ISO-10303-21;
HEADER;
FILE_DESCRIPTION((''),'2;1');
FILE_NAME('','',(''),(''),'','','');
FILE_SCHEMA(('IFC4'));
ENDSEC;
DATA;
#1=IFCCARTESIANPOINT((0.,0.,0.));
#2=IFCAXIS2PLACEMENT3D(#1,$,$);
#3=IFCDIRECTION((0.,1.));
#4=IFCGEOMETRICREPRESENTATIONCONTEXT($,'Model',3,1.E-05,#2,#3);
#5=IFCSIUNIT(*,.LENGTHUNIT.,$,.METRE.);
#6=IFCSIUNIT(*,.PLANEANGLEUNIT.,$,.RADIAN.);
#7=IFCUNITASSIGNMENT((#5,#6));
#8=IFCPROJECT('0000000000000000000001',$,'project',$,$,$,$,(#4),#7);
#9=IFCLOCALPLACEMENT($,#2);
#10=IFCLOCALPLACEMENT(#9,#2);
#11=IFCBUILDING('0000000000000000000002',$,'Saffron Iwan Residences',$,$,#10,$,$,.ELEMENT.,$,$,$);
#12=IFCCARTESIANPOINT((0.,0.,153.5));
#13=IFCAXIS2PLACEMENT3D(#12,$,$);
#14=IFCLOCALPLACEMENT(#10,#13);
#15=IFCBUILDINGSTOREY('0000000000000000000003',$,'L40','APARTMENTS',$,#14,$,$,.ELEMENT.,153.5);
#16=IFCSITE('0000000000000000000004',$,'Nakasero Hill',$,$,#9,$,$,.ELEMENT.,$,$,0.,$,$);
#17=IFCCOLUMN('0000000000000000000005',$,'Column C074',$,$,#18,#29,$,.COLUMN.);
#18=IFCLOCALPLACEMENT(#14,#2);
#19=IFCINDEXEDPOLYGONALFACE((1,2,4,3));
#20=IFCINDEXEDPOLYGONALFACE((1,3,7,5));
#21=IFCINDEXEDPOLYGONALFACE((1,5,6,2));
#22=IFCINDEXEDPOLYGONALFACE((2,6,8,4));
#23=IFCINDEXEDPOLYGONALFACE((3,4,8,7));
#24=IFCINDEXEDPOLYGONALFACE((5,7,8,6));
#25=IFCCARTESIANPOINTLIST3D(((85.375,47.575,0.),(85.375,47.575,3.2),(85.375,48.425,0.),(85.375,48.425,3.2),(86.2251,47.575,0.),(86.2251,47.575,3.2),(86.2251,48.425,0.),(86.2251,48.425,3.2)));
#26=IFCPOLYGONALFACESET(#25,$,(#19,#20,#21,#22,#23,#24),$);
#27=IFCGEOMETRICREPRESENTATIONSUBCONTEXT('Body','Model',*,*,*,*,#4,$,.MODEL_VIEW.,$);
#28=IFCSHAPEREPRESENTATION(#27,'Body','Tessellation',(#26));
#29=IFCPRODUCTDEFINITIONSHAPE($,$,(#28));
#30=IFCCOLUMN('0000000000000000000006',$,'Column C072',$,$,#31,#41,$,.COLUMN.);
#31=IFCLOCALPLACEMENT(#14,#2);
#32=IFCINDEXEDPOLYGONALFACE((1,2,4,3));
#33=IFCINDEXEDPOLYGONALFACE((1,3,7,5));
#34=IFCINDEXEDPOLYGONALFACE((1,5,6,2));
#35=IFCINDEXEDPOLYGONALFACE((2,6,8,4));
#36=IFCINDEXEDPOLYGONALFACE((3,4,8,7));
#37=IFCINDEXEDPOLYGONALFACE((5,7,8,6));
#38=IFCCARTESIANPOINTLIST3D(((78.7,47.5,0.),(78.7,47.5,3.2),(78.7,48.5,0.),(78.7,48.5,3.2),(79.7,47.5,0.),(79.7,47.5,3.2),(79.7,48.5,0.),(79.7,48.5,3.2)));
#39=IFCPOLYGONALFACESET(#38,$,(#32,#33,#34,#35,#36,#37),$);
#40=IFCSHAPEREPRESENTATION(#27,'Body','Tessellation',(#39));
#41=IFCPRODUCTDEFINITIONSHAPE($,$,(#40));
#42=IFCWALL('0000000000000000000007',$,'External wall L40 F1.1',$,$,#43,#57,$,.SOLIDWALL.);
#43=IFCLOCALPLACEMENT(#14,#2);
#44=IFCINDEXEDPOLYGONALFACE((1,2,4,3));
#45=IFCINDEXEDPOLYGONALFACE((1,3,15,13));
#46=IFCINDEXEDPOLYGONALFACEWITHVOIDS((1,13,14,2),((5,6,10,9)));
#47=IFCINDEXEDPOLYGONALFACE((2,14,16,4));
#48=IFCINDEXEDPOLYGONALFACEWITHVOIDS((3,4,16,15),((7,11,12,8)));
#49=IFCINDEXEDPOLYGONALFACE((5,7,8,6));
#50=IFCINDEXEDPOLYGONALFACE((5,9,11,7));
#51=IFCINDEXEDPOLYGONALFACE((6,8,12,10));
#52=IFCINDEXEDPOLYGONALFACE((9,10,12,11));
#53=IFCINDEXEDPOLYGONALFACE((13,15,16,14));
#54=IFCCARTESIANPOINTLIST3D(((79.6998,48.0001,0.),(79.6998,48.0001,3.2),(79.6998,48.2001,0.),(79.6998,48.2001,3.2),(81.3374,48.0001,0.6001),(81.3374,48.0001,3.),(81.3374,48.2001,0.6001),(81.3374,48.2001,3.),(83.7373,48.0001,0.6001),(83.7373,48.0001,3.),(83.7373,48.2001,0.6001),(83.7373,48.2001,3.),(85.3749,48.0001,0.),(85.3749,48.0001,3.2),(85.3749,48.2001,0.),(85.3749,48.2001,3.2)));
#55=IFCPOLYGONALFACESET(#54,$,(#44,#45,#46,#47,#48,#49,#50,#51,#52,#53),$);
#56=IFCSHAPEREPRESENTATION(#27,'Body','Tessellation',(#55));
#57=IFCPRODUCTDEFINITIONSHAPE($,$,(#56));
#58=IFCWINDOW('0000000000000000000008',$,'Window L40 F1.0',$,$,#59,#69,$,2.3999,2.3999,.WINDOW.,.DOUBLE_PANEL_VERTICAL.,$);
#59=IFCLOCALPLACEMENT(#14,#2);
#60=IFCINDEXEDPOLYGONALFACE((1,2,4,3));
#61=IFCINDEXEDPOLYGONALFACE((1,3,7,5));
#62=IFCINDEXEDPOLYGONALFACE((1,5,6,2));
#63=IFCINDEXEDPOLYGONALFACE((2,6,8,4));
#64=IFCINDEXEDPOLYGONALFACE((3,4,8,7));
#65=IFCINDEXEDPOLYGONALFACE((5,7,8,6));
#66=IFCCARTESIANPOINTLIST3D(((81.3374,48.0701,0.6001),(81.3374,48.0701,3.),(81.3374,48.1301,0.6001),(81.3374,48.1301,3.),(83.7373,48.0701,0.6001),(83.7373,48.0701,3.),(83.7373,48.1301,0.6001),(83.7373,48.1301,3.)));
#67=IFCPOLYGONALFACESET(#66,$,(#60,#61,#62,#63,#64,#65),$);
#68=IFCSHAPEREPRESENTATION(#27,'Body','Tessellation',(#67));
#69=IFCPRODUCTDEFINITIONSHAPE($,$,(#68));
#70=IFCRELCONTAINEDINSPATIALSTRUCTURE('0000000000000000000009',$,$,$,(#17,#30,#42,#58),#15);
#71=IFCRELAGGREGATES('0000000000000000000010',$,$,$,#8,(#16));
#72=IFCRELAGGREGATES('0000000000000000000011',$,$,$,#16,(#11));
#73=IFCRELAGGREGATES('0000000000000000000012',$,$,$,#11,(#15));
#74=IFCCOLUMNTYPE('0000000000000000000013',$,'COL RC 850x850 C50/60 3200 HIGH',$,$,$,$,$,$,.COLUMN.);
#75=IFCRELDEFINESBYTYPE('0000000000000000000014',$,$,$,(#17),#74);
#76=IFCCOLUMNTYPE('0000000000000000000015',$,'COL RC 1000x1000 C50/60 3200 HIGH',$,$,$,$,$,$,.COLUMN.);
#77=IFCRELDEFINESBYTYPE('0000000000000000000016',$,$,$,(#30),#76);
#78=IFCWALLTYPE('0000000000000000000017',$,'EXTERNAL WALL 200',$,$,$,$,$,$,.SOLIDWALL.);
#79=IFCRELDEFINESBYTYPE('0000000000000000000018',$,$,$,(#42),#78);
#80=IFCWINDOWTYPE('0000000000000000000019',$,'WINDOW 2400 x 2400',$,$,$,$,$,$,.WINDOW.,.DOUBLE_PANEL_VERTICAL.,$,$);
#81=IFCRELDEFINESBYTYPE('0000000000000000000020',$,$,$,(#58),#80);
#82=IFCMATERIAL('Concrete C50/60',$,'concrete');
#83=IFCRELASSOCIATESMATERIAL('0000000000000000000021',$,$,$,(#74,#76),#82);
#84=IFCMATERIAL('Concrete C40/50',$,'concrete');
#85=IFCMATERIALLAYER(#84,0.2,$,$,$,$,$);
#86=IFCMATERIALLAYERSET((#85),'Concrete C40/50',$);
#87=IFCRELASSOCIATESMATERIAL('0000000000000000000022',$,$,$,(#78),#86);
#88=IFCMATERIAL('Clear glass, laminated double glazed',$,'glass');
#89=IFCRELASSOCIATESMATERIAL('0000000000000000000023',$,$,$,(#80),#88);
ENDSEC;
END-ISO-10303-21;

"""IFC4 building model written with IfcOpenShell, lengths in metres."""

from ifc_helpers import new_model, si_unit, direction, frame, frame_2d, origin, origin_2d, place, context, subcontext, project, spatial, rectangle, extrude, source, transform, mapped, material, layer, layer_set, material_profile, profile_set, type_object, element, fill, save


model = new_model("IFC4")

# Units and contexts
model_context = context("Model", 3, precision=1e-05, world=origin(), true_north=direction((0.0, 1.0)))
body_context = subcontext(model_context, "Body", "Model", "MODEL_VIEW")
ifc_project = project(units=[si_unit("LENGTHUNIT", "METRE"), si_unit("PLANEANGLEUNIT", "RADIAN")], contexts=[model_context])

# Site, building, storey
site_placement = place(None, origin())
site = spatial("IfcSite", under=ifc_project, at=site_placement, Name="Nakasero Hill", CompositionType="ELEMENT", RefElevation=0.0)
building_placement = place(site_placement, origin())
building = spatial("IfcBuilding", under=site, at=building_placement, Name="Saffron Iwan Residences", CompositionType="ELEMENT")
storey_placement = place(building_placement, frame((0.0, 0.0, 153.5)))
storey = spatial("IfcBuildingStorey", under=building, at=storey_placement, Name="L40", Description="APARTMENTS", CompositionType="ELEMENT", Elevation=153.5)

# Columns
ifc_material_1 = material(Name="Concrete C50/60", Category="concrete")
ifc_material_profile_1 = material_profile(ifc_material_1, rectangle(XDim=0.8501, YDim=0.8501, at=origin_2d()), Name="RC 850x850")
ifc_profile_set_1 = profile_set([ifc_material_profile_1], Name="Concrete C50/60")
column_type_1 = type_object("IfcColumnType", Name="COL RC 850x850 C50/60 3200 HIGH", PredefinedType="COLUMN", material=ifc_profile_set_1)
shared_shape_1 = source(origin(), body_context, "Body", "SweptSolid", [
    extrude(rectangle(XDim=0.8501, YDim=0.8501, at=origin_2d()), origin(), (0.0, 0.0, 1.0), 3.2),
])
column_1_placement = place(storey_placement, frame((85.8, 48.0, 0.0), z_axis=(0.0, 0.0, 1.0), x_axis=(1.0, 0.0, 0.0)))
element("IfcColumn", 1, at=column_1_placement, inside=storey, type_object=column_type_1, Name="Column C074", PredefinedType="COLUMN", context=body_context, shape_type="MappedRepresentation", body=[
    mapped(shared_shape_1, transform((0.0, 0.0, 0.0))),
])
ifc_material_profile_2 = material_profile(ifc_material_1, rectangle(XDim=1.0, YDim=1.0, at=origin_2d()), Name="RC 1000x1000")
ifc_profile_set_2 = profile_set([ifc_material_profile_2], Name="Concrete C50/60")
column_type_2 = type_object("IfcColumnType", Name="COL RC 1000x1000 C50/60 3200 HIGH", PredefinedType="COLUMN", material=ifc_profile_set_2)
shared_shape_2 = source(origin(), body_context, "Body", "SweptSolid", [
    extrude(rectangle(XDim=1.0, YDim=1.0, at=origin_2d()), origin(), (0.0, 0.0, 1.0), 3.2),
])
column_2_placement = place(storey_placement, frame((79.2, 48.0, 0.0), z_axis=(0.0, 0.0, 1.0), x_axis=(1.0, 0.0, 0.0)))
element("IfcColumn", 2, at=column_2_placement, inside=storey, type_object=column_type_2, Name="Column C072", PredefinedType="COLUMN", context=body_context, shape_type="MappedRepresentation", body=[
    mapped(shared_shape_2, transform((0.0, 0.0, 0.0))),
])

# Wall, opening, window
ifc_material_2 = material(Name="Concrete C40/50", Category="concrete")
ifc_layer_1 = layer(ifc_material_2, 0.2)
ifc_layer_set_1 = layer_set([ifc_layer_1], Name="Concrete C40/50")
wall_type_1 = type_object("IfcWallType", Name="EXTERNAL WALL 200", PredefinedType="SOLIDWALL", material=ifc_layer_set_1)
wall_1_placement = place(storey_placement, frame((79.7, 48.1001, 0.0), z_axis=(0.0, 0.0, 1.0), x_axis=(1.0, 0.0, 0.0)))
wall_1 = element("IfcWall", 3, at=wall_1_placement, inside=storey, type_object=wall_type_1, Name="External wall L40 F1.1", PredefinedType="SOLIDWALL", context=body_context, shape_type="SweptSolid", body=[
    extrude(rectangle(XDim=5.675, YDim=0.2, at=frame_2d((2.8374, 0.0))), origin(), (0.0, 0.0, 1.0), 3.2),
])
opening_1_placement = place(wall_1_placement, frame((1.6375, 0.0, 0.6001)))
opening_1 = element("IfcOpeningElement", 4, at=opening_1_placement, cuts=wall_1, PredefinedType="OPENING", context=body_context, shape_type="SweptSolid", body=[
    extrude(rectangle(XDim=2.3999, YDim=2.3999, at=frame_2d((1.2, 1.2))), frame((0.0, 0.1099, 0.0), z_axis=(0.0, -1.0, 0.0), x_axis=(1.0, 0.0, 0.0)), (0.0, 0.0, 1.0), 0.22),
])
ifc_material_3 = material(Name="Clear glass, laminated double glazed", Category="glass")
window_type_1 = type_object("IfcWindowType", Name="WINDOW 2400 x 2400", PartitioningType="DOUBLE_PANEL_VERTICAL", PredefinedType="WINDOW", material=ifc_material_3)
window_1_placement = place(opening_1_placement, origin())
window_1 = element("IfcWindow", 5, at=window_1_placement, inside=storey, type_object=window_type_1, Name="Window L40 F1.0", OverallHeight=2.3999, OverallWidth=2.3999, PartitioningType="DOUBLE_PANEL_VERTICAL", PredefinedType="WINDOW", context=body_context, shape_type="SweptSolid", body=[
    extrude(rectangle(XDim=2.3999, YDim=2.3999, at=frame_2d((1.2, 1.2))), frame((0.0, 0.03, 0.0), z_axis=(0.0, -1.0, 0.0), x_axis=(1.0, 0.0, 0.0)), (0.0, 0.0, 1.0), 0.0601),
])
fill(opening_1, window_1)

save(model, "model.ifc")
